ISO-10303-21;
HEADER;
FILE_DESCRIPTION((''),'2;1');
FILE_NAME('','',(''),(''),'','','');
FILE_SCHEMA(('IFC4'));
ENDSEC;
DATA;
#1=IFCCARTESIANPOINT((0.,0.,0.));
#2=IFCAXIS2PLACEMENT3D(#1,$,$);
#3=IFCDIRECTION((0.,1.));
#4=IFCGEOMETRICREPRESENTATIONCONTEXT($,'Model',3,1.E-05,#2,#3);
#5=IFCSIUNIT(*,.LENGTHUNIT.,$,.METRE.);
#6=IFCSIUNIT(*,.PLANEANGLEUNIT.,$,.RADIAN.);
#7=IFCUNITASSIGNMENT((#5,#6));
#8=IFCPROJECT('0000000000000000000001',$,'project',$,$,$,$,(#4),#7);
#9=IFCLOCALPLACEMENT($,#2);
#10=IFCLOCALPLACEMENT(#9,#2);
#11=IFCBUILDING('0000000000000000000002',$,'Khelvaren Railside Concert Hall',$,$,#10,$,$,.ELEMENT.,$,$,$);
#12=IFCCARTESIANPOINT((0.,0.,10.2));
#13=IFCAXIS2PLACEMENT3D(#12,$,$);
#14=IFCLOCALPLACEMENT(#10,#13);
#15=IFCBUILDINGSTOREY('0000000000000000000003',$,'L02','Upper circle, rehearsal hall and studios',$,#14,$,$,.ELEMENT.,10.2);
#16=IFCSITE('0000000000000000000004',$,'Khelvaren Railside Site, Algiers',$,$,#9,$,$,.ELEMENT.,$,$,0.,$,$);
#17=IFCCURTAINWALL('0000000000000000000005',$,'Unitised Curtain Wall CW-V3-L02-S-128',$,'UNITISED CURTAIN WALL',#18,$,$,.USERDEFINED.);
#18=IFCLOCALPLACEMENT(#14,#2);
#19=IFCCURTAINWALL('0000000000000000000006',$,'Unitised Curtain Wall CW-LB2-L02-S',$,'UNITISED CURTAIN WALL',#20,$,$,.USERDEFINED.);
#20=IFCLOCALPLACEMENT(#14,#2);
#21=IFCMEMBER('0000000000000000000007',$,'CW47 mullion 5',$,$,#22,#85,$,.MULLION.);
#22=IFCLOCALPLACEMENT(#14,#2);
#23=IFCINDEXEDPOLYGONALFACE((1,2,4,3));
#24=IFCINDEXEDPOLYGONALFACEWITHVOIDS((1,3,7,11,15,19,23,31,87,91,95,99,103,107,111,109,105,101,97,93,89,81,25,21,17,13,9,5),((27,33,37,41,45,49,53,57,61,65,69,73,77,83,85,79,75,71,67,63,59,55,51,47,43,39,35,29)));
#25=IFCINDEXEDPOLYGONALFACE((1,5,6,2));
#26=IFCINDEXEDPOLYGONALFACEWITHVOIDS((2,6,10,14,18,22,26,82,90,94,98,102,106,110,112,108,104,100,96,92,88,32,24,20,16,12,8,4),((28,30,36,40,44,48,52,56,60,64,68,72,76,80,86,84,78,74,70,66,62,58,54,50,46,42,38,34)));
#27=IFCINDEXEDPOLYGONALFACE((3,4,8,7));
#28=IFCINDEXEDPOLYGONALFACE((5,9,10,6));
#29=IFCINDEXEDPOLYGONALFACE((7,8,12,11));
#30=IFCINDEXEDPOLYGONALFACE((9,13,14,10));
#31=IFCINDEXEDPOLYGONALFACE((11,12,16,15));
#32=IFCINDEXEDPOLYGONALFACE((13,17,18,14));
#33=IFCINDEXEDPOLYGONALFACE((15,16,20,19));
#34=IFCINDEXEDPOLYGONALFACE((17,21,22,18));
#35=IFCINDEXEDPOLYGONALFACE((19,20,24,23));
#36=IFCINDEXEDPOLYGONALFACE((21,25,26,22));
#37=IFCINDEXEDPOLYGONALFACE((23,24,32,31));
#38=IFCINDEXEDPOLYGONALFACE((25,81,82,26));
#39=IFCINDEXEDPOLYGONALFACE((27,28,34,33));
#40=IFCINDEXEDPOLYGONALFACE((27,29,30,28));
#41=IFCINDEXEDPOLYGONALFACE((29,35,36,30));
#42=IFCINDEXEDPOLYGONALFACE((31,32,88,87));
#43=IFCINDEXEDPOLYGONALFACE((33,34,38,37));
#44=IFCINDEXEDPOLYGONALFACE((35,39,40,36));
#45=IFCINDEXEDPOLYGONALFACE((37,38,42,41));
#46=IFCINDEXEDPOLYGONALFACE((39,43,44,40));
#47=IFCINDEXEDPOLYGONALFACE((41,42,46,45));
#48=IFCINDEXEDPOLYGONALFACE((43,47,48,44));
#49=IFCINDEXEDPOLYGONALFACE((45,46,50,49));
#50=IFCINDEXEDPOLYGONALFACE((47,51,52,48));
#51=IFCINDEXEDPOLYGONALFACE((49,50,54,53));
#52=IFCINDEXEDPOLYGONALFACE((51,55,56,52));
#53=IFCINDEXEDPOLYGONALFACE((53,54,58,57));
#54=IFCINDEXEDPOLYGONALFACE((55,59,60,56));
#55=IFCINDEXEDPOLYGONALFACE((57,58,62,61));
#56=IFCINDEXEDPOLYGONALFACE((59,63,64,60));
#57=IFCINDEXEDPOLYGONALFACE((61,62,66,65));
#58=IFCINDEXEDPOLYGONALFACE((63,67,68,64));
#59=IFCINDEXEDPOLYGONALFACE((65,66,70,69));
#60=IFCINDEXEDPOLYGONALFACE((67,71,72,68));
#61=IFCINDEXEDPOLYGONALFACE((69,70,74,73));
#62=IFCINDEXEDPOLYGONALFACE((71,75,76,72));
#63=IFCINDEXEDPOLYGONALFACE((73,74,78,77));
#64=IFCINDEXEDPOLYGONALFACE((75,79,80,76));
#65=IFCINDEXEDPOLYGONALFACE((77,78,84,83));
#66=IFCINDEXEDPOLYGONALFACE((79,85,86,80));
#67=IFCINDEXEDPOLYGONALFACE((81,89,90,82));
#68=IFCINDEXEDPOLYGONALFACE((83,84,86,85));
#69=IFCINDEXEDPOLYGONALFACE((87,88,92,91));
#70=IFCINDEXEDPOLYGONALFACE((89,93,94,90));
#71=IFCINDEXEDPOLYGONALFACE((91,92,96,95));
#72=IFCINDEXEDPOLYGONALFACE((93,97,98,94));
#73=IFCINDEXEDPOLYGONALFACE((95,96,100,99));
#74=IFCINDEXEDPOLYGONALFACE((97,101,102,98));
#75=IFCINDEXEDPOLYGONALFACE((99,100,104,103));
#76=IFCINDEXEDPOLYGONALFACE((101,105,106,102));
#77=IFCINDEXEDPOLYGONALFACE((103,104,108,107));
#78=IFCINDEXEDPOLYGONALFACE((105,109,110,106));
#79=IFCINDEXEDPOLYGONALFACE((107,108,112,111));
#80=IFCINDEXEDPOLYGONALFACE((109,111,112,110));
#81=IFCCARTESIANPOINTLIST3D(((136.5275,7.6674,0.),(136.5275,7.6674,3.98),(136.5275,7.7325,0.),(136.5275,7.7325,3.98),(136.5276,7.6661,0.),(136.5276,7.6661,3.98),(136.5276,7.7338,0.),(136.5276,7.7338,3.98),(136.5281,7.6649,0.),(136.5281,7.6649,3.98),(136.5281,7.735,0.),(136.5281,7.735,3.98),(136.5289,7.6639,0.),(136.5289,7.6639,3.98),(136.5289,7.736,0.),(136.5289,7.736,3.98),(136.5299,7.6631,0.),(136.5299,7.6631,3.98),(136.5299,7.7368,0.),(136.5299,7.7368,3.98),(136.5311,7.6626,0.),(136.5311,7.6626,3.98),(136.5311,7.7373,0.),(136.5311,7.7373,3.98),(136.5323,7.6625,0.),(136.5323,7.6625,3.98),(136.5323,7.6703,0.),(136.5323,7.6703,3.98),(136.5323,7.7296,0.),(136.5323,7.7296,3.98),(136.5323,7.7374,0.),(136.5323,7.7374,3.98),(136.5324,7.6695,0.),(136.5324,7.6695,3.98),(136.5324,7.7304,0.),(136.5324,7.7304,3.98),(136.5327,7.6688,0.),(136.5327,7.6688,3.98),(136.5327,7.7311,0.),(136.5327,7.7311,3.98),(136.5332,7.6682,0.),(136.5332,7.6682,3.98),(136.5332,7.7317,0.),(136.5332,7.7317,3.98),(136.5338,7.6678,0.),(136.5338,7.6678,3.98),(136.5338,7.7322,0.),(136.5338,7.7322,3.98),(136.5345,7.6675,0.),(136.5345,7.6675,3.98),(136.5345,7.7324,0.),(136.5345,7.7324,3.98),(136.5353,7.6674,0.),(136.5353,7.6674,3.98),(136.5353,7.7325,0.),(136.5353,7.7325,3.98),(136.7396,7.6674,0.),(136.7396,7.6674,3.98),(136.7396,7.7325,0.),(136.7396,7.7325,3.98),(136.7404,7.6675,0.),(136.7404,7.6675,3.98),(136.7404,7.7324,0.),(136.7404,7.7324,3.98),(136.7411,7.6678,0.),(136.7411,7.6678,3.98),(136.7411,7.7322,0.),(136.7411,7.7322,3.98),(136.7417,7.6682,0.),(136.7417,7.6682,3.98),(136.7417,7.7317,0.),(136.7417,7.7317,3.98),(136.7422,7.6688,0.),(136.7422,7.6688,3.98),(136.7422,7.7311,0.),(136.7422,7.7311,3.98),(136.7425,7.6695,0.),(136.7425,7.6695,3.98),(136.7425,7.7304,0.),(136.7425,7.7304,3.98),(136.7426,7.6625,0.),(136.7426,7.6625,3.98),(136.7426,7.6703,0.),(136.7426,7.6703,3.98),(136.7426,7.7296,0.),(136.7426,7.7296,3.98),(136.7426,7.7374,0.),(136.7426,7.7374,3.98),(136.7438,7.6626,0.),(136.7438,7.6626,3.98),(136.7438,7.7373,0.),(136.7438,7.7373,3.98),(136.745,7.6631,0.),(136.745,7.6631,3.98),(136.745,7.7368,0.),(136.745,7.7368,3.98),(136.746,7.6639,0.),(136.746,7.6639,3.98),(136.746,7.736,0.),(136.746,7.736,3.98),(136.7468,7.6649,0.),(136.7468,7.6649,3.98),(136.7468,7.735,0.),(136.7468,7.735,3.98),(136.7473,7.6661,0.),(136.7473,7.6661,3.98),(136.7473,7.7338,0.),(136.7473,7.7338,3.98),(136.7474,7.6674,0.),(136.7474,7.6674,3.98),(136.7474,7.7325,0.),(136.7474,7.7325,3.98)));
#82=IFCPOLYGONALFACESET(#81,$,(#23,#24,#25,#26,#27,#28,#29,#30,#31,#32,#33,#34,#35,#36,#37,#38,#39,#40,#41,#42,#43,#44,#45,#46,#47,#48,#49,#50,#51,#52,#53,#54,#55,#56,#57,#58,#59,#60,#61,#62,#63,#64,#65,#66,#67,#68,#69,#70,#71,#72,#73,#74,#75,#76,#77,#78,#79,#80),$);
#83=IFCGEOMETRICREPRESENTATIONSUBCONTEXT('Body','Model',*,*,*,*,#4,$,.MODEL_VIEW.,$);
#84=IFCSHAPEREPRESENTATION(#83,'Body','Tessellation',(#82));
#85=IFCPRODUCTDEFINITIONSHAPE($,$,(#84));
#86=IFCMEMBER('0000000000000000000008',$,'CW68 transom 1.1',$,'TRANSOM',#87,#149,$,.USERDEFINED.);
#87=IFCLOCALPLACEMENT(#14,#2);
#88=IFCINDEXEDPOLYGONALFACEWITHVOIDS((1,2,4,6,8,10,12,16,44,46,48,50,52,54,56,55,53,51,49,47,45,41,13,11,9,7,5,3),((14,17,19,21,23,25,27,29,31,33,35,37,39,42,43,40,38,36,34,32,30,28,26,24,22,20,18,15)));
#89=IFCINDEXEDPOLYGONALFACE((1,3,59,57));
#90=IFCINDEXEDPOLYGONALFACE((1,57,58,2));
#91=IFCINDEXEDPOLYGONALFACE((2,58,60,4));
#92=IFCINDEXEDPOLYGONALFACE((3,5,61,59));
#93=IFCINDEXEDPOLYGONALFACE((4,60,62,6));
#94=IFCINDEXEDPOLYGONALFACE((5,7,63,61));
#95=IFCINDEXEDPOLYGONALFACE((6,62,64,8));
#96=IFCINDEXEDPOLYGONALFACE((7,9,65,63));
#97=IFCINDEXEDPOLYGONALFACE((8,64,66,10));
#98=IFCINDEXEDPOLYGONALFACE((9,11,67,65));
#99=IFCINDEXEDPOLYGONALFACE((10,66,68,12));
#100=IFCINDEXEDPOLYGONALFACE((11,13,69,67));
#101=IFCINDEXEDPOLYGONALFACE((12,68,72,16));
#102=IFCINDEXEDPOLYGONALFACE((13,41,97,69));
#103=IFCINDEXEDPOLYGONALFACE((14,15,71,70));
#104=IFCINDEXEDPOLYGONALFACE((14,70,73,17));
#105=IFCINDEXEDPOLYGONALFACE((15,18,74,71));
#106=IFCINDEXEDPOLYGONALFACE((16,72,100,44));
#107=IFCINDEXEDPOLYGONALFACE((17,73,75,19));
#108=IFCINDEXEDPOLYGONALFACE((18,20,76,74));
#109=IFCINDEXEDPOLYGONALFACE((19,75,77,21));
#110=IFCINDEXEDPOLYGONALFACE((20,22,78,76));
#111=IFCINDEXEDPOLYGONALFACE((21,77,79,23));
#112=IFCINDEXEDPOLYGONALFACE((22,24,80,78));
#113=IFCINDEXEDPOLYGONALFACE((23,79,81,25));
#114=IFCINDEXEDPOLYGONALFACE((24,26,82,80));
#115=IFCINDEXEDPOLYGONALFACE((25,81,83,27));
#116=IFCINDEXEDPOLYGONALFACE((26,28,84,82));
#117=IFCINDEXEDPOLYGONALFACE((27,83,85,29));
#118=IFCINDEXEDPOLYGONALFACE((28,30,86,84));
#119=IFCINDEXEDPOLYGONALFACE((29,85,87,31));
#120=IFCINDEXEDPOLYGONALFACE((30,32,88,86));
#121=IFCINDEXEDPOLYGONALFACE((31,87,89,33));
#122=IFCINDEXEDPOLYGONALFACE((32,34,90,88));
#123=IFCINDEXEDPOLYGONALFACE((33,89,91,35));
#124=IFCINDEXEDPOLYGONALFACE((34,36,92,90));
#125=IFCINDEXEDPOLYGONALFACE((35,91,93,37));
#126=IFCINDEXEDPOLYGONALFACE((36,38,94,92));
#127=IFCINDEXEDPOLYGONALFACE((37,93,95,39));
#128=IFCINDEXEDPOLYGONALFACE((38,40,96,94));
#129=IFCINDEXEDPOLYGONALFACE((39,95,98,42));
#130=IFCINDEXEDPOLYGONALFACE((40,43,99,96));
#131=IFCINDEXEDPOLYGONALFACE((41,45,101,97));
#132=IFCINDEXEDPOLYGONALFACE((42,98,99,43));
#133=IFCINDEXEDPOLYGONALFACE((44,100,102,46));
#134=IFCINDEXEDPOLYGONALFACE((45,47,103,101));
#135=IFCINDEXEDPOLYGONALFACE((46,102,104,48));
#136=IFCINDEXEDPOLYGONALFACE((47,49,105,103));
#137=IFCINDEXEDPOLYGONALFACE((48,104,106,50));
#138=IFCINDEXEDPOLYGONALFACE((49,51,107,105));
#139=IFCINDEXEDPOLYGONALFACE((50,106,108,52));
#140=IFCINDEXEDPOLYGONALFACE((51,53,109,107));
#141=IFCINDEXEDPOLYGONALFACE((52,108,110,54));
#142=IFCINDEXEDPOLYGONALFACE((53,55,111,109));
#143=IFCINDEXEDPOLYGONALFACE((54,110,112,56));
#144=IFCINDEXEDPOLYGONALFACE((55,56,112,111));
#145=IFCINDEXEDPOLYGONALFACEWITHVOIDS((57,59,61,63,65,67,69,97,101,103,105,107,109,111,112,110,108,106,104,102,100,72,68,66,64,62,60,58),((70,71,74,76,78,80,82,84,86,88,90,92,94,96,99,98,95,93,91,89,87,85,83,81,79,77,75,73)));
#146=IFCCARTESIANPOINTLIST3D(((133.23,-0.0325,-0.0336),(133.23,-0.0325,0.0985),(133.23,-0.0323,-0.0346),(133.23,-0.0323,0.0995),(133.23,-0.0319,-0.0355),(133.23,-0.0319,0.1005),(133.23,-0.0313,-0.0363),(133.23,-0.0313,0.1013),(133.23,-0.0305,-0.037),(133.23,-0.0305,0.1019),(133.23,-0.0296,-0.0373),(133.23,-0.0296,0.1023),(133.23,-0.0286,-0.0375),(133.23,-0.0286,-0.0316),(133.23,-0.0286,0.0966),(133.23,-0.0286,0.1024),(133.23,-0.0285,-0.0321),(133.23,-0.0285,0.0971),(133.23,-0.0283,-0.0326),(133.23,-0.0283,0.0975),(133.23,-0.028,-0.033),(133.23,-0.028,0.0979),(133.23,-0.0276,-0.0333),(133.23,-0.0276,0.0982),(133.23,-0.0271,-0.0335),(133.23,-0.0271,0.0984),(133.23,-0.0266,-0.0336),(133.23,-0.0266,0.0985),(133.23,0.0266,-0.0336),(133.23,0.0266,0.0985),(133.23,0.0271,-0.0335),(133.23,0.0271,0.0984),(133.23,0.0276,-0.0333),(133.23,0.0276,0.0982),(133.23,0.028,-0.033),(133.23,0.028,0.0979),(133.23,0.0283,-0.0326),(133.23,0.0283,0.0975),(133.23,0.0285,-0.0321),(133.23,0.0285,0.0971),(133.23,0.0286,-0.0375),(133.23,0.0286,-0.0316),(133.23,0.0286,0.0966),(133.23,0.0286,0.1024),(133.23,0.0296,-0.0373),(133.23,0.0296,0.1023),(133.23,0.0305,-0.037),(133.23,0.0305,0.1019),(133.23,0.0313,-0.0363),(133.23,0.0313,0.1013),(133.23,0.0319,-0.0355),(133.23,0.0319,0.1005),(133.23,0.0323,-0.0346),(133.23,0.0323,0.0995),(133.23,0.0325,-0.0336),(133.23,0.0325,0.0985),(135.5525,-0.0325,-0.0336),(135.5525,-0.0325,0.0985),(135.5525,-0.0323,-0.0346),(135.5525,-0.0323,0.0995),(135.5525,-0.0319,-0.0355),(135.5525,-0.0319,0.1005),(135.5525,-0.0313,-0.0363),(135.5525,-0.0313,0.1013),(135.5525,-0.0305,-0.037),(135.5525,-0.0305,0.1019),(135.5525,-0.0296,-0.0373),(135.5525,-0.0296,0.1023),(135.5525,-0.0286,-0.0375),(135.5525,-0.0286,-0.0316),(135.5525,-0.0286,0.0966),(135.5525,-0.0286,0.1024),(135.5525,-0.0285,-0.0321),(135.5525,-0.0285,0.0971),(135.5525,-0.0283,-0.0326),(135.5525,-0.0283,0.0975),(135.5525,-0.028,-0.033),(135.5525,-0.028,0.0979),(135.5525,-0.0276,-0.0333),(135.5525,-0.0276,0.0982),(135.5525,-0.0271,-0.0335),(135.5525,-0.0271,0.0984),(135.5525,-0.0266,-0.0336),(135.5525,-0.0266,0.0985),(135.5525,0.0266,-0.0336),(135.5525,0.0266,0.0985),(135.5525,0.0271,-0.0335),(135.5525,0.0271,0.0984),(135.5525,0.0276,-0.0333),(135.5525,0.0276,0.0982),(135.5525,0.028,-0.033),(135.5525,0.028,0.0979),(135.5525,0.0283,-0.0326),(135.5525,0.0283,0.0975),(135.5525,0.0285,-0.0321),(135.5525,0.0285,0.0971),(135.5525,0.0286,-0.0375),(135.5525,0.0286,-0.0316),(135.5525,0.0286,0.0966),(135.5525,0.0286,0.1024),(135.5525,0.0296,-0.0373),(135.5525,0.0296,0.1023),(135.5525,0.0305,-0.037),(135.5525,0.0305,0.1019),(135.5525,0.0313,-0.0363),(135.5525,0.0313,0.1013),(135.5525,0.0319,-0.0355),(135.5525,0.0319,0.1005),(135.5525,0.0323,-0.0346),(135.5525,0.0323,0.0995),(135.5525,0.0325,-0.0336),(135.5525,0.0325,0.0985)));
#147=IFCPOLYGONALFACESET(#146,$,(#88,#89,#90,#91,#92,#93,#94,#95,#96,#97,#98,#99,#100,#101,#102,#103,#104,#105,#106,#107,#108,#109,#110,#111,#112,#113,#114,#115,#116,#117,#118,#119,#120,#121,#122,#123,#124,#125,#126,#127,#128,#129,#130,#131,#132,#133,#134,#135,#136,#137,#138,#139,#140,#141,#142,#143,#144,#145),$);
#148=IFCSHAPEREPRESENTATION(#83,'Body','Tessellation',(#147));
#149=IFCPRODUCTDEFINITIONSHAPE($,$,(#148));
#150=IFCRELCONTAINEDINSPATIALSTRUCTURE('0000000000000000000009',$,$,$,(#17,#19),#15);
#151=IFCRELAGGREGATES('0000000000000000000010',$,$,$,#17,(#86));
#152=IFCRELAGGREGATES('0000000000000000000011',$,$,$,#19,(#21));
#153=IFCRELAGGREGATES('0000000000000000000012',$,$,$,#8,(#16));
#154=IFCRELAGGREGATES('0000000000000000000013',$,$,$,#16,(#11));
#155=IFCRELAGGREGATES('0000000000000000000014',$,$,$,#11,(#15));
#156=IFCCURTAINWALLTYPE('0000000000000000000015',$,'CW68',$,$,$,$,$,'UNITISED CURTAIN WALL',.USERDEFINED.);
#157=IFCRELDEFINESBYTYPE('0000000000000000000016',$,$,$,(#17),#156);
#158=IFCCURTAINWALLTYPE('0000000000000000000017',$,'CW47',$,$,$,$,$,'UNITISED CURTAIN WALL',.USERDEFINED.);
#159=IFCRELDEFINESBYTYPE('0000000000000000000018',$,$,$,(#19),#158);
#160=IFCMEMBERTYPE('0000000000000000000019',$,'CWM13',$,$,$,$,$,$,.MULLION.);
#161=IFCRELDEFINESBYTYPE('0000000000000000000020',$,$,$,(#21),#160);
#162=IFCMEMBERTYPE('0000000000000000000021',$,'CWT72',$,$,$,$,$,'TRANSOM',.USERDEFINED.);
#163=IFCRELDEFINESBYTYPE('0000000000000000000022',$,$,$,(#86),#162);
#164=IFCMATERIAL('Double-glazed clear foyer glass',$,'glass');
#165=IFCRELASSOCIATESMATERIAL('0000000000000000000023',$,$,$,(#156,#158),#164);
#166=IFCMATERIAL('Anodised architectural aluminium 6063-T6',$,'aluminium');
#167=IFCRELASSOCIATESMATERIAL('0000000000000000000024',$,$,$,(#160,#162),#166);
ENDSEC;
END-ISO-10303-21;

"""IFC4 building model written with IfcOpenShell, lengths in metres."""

from ifc_helpers import new_model, si_unit, direction, frame, origin, origin_2d, place, context, subcontext, project, spatial, hollow_rectangle, extrude, material, material_profile, profile_set, type_object, element, aggregate, save


model = new_model("IFC4")

# Units and contexts
model_context = context("Model", 3, precision=1e-05, world=origin(), true_north=direction((0.0, 1.0)))
body_context = subcontext(model_context, "Body", "Model", "MODEL_VIEW")
ifc_project = project(units=[si_unit("LENGTHUNIT", "METRE"), si_unit("PLANEANGLEUNIT", "RADIAN")], contexts=[model_context])

# Site, building, storey
site_placement = place(None, origin())
site = spatial("IfcSite", under=ifc_project, at=site_placement, Name="Khelvaren Railside Site, Algiers", CompositionType="ELEMENT", RefElevation=0.0)
building_placement = place(site_placement, origin())
building = spatial("IfcBuilding", under=site, at=building_placement, Name="Khelvaren Railside Concert Hall", CompositionType="ELEMENT")
storey_placement = place(building_placement, frame((0.0, 0.0, 10.2)))
storey = spatial("IfcBuildingStorey", under=building, at=storey_placement, Name="L02", Description="Upper circle, rehearsal hall and studios", CompositionType="ELEMENT", Elevation=10.2)

# Curtain wall
ifc_material_1 = material(Name="Double-glazed clear foyer glass", Category="glass")
curtain_wall_type_1 = type_object("IfcCurtainWallType", Name="CW68", ElementType="UNITISED CURTAIN WALL", PredefinedType="USERDEFINED", material=ifc_material_1)
curtain_wall_1_placement = place(storey_placement, origin())
curtain_wall_1 = element("IfcCurtainWall", 1, at=curtain_wall_1_placement, inside=storey, type_object=curtain_wall_type_1, Name="Unitised Curtain Wall CW-V3-L02-S-128", ObjectType="UNITISED CURTAIN WALL", PredefinedType="USERDEFINED")
ifc_material_2 = material(Name="Anodised architectural aluminium 6063-T6", Category="aluminium")
ifc_material_profile_1 = material_profile(ifc_material_2, hollow_rectangle(XDim=0.075, YDim=0.22, WallThickness=0.0049, InnerFilletRadius=0.0029, OuterFilletRadius=0.0049, at=origin_2d()), Name="CWM 75x220x5")
ifc_profile_set_1 = profile_set([ifc_material_profile_1], Name="Anodised architectural aluminium 6063-T6")
member_type_1 = type_object("IfcMemberType", Name="CWM13", PredefinedType="MULLION", material=ifc_profile_set_1)

# Curtain wall, member
curtain_wall_type_2 = type_object("IfcCurtainWallType", Name="CW47", ElementType="UNITISED CURTAIN WALL", PredefinedType="USERDEFINED", material=ifc_material_1)
curtain_wall_2_placement = place(storey_placement, origin())
curtain_wall_2 = element("IfcCurtainWall", 2, at=curtain_wall_2_placement, inside=storey, type_object=curtain_wall_type_2, Name="Unitised Curtain Wall CW-LB2-L02-S", ObjectType="UNITISED CURTAIN WALL", PredefinedType="USERDEFINED")
member_1_placement = place(storey_placement, frame((136.6375, 7.7, 0.0), z_axis=(0.0, 0.0, 1.0), x_axis=(0.0, -1.0, 0.0)))
member_1 = element("IfcMember", 3, at=member_1_placement, type_object=member_type_1, Name="CW47 mullion 5", PredefinedType="MULLION", context=body_context, shape_type="SweptSolid", body=[
    extrude(hollow_rectangle(XDim=0.075, YDim=0.22, WallThickness=0.0049, InnerFilletRadius=0.0029, OuterFilletRadius=0.0049, at=origin_2d()), origin(), (0.0, 0.0, 1.0), 3.98),
])

# Member
ifc_material_profile_2 = material_profile(ifc_material_2, hollow_rectangle(XDim=0.0649, YDim=0.1399, WallThickness=0.0039, InnerFilletRadius=0.002, OuterFilletRadius=0.0039, at=origin_2d()), Name="CWT 65x140x4")
ifc_profile_set_2 = profile_set([ifc_material_profile_2], Name="Anodised architectural aluminium 6063-T6")
member_type_2 = type_object("IfcMemberType", Name="CWT72", ElementType="TRANSOM", PredefinedType="USERDEFINED", material=ifc_profile_set_2)
member_2_placement = place(storey_placement, frame((135.5525, 0.0, 0.0325), z_axis=(-1.0, 0.0, 0.0), x_axis=(0.0, -1.0, 0.0)))
member_2 = element("IfcMember", 4, at=member_2_placement, type_object=member_type_2, Name="CW68 transom 1.1", ObjectType="TRANSOM", PredefinedType="USERDEFINED", context=body_context, shape_type="SweptSolid", body=[
    extrude(hollow_rectangle(XDim=0.0649, YDim=0.1399, WallThickness=0.0039, InnerFilletRadius=0.002, OuterFilletRadius=0.0039, at=origin_2d()), origin(), (0.0, 0.0, 1.0), 2.3225),
])

aggregate(curtain_wall_1, [member_2])
aggregate(curtain_wall_2, [member_1])

save(model, "model.ifc")
